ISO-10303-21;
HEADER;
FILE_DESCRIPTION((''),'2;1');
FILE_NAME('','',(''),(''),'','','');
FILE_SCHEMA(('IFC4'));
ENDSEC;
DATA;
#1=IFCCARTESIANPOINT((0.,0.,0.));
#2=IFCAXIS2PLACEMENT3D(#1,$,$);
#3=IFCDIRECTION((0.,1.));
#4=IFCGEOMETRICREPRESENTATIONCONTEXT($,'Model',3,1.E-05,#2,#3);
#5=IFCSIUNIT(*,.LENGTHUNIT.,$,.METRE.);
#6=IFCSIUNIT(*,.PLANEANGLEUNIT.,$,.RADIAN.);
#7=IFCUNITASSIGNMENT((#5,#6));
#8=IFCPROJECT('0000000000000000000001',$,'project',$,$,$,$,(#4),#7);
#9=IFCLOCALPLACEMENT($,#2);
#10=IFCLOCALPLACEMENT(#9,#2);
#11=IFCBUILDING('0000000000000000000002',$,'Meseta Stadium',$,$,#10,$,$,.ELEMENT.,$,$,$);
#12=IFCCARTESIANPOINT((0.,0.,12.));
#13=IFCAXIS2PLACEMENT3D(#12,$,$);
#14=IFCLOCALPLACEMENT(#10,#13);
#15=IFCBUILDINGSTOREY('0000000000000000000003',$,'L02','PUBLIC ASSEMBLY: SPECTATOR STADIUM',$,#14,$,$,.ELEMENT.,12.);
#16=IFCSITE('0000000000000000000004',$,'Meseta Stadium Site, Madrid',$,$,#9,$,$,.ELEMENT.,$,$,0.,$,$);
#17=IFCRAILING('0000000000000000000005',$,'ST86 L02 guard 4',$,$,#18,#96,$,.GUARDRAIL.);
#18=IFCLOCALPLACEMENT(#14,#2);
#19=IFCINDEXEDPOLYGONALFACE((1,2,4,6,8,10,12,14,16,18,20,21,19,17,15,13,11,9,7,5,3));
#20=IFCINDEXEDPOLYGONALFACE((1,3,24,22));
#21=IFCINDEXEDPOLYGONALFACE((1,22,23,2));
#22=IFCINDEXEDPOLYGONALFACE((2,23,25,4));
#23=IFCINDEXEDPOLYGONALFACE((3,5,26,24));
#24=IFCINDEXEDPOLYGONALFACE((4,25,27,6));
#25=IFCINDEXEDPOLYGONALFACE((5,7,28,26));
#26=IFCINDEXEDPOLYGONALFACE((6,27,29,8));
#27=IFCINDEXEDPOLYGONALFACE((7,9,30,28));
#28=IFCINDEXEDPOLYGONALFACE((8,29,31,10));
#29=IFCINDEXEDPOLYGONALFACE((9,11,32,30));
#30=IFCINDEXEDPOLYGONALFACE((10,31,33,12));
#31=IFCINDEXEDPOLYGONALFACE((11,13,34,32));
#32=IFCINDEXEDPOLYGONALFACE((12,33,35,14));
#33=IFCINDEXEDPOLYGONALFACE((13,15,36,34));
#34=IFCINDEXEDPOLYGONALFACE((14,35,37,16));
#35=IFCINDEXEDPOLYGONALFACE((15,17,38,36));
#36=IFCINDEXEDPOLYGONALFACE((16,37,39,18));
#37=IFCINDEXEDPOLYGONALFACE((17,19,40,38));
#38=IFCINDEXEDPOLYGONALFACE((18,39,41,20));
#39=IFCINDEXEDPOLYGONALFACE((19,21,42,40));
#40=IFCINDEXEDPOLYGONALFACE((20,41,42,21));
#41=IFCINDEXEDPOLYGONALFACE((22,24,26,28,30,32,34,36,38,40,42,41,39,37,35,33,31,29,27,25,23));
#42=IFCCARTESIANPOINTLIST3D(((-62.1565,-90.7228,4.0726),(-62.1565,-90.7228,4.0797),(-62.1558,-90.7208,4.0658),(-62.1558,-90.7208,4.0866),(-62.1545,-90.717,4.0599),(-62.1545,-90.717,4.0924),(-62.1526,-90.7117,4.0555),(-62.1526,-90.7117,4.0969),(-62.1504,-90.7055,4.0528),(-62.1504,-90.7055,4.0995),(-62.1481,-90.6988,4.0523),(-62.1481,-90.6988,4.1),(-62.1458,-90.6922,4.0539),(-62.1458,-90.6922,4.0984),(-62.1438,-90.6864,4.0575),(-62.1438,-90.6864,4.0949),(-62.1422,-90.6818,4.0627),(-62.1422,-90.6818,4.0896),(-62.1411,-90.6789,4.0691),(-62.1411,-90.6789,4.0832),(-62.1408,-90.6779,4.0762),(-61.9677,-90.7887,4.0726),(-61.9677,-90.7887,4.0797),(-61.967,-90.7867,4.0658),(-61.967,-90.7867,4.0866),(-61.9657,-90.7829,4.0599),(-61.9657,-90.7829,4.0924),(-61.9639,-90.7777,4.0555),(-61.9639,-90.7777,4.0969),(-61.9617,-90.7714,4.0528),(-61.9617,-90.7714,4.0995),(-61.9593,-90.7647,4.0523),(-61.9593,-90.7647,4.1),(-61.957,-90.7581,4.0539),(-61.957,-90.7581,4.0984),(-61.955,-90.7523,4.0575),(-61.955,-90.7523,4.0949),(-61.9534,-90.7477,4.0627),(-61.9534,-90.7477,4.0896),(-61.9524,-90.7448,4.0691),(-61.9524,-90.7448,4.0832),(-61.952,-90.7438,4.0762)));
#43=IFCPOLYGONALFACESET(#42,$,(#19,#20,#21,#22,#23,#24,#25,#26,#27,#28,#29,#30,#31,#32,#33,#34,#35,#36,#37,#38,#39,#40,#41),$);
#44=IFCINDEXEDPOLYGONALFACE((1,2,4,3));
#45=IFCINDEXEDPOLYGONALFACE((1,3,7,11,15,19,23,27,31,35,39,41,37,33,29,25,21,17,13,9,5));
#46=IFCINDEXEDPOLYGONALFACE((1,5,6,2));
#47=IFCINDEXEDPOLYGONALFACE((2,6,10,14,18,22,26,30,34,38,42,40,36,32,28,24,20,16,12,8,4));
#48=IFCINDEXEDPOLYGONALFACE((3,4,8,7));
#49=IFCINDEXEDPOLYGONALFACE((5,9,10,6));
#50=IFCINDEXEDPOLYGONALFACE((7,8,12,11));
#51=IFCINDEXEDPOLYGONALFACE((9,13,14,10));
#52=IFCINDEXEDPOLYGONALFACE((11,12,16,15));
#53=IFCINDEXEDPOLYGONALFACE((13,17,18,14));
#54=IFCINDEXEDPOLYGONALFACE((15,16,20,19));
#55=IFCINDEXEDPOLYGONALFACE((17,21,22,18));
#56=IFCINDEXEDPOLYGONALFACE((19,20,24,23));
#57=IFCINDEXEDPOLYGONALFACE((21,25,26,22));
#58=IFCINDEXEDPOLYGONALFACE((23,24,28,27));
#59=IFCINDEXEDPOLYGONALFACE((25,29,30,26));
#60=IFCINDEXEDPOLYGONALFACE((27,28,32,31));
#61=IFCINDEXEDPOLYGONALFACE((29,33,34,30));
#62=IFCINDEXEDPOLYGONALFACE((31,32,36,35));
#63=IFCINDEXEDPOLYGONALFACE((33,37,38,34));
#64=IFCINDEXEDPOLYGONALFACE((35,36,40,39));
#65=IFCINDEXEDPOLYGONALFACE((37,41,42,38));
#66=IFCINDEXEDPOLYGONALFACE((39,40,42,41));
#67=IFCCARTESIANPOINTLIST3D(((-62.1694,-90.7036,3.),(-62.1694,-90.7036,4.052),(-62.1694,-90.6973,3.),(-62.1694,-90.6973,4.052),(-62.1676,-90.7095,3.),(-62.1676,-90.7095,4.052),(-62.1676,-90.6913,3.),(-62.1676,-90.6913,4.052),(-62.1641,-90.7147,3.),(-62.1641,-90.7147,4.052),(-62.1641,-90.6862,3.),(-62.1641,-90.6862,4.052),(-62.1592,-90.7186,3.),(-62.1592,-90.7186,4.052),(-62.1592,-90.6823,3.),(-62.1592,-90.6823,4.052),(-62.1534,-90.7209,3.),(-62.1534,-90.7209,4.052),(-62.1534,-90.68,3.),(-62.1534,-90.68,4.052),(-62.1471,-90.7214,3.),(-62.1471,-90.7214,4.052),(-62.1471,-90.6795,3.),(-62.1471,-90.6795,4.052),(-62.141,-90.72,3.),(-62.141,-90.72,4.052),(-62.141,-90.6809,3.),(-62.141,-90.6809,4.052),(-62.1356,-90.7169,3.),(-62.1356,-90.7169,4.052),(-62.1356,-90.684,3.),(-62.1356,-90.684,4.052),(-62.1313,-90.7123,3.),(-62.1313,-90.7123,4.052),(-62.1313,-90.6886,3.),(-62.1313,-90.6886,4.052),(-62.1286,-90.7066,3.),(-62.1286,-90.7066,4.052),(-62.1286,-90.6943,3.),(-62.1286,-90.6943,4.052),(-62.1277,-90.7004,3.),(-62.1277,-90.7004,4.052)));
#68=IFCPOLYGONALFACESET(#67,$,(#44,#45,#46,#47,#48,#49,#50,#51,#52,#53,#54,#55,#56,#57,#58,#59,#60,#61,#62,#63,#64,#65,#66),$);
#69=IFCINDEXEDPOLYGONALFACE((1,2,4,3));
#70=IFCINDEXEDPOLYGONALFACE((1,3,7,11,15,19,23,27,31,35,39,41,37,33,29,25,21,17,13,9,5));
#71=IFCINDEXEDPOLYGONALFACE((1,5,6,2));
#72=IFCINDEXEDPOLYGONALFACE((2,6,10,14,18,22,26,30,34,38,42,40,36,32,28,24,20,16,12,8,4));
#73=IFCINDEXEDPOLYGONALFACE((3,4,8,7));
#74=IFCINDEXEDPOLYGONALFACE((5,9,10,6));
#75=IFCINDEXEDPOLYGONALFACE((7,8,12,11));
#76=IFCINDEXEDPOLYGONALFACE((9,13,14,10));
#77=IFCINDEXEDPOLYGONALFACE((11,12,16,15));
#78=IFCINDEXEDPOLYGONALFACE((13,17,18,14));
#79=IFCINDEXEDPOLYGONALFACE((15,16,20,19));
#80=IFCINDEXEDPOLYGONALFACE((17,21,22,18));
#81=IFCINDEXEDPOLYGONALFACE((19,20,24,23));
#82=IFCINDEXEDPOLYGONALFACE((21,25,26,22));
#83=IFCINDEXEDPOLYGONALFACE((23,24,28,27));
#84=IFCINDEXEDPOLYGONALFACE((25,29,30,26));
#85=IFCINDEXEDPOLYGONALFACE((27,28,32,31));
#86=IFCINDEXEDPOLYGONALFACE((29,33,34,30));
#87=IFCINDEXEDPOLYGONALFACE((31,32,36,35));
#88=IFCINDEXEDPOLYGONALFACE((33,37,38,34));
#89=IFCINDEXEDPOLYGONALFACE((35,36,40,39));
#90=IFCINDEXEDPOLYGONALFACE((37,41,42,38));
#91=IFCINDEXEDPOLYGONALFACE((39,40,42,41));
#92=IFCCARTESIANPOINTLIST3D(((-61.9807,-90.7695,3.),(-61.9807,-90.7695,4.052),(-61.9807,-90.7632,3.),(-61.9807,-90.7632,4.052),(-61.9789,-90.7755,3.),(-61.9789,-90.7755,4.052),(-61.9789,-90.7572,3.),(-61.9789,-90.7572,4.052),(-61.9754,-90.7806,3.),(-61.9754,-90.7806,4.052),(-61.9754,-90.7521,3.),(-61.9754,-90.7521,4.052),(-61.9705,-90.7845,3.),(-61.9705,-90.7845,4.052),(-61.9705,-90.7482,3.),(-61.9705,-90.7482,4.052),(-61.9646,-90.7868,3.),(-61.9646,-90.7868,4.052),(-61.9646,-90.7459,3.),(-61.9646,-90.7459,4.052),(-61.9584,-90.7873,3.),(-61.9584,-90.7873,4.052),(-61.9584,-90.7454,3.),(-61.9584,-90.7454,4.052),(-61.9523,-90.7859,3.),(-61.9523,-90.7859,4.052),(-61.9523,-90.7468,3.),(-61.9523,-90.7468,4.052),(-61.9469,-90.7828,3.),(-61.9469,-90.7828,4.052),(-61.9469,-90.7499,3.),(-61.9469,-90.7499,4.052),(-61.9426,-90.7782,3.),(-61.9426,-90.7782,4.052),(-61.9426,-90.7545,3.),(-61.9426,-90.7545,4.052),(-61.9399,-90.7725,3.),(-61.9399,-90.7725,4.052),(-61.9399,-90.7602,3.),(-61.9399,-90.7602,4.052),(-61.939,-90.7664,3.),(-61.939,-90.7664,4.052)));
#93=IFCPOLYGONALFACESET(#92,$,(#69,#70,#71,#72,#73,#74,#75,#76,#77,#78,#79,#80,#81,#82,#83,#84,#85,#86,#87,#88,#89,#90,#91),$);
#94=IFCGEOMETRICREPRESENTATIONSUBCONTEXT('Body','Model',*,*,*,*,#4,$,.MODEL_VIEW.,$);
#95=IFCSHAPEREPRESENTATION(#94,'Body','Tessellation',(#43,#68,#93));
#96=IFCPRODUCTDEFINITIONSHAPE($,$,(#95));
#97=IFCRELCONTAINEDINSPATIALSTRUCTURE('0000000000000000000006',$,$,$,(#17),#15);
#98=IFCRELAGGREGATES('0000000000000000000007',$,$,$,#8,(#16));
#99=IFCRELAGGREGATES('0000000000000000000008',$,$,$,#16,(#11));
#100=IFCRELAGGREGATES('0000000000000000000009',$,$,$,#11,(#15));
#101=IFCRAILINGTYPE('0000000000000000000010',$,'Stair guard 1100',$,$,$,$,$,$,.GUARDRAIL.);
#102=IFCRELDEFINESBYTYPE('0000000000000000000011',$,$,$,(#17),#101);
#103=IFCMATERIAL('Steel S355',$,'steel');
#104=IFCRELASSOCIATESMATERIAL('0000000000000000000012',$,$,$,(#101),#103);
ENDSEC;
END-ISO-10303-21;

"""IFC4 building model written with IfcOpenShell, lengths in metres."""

from ifc_helpers import new_model, si_unit, direction, frame, origin, origin_2d, place, context, subcontext, project, spatial, circle, extrude, material, type_object, element, save


model = new_model("IFC4")

# Units and contexts
model_context = context("Model", 3, precision=1e-05, world=origin(), true_north=direction((0.0, 1.0)))
body_context = subcontext(model_context, "Body", "Model", "MODEL_VIEW")
ifc_project = project(units=[si_unit("LENGTHUNIT", "METRE"), si_unit("PLANEANGLEUNIT", "RADIAN")], contexts=[model_context])

# Site, building, storey
site_placement = place(None, origin())
site = spatial("IfcSite", under=ifc_project, at=site_placement, Name="Meseta Stadium Site, Madrid", CompositionType="ELEMENT", RefElevation=0.0)
building_placement = place(site_placement, origin())
building = spatial("IfcBuilding", under=site, at=building_placement, Name="Meseta Stadium", CompositionType="ELEMENT")
storey_placement = place(building_placement, frame((0.0, 0.0, 12.0)))
storey = spatial("IfcBuildingStorey", under=building, at=storey_placement, Name="L02", Description="PUBLIC ASSEMBLY: SPECTATOR STADIUM", CompositionType="ELEMENT", Elevation=12.0)

# Railing
ifc_material_1 = material(Name="Steel S355", Category="steel")
railing_type_1 = type_object("IfcRailingType", Name="Stair guard 1100", PredefinedType="GUARDRAIL", material=ifc_material_1)
railing_1_placement = place(storey_placement, frame((-62.1487, -90.7004, 3.0)))
element("IfcRailing", 1, at=railing_1_placement, inside=storey, type_object=railing_type_1, Name="ST86 L02 guard 4", PredefinedType="GUARDRAIL", context=body_context, shape_type="SweptSolid", body=[
    extrude(circle(Radius=0.0239, at=origin_2d()), frame((0.0, 0.0, 1.0762), z_axis=(0.944068, -0.329752, 0.0), x_axis=(0.329752, 0.944068, 0.0)), (0.0, 0.0, 1.0), 0.2),
    extrude(circle(Radius=0.021, at=origin_2d()), origin(), (0.0, 0.0, 1.0), 1.052),
    extrude(circle(Radius=0.021, at=origin_2d()), frame((0.1887, -0.0659, 0.0)), (0.0, 0.0, 1.0), 1.052),
])

save(model, "model.ifc")
